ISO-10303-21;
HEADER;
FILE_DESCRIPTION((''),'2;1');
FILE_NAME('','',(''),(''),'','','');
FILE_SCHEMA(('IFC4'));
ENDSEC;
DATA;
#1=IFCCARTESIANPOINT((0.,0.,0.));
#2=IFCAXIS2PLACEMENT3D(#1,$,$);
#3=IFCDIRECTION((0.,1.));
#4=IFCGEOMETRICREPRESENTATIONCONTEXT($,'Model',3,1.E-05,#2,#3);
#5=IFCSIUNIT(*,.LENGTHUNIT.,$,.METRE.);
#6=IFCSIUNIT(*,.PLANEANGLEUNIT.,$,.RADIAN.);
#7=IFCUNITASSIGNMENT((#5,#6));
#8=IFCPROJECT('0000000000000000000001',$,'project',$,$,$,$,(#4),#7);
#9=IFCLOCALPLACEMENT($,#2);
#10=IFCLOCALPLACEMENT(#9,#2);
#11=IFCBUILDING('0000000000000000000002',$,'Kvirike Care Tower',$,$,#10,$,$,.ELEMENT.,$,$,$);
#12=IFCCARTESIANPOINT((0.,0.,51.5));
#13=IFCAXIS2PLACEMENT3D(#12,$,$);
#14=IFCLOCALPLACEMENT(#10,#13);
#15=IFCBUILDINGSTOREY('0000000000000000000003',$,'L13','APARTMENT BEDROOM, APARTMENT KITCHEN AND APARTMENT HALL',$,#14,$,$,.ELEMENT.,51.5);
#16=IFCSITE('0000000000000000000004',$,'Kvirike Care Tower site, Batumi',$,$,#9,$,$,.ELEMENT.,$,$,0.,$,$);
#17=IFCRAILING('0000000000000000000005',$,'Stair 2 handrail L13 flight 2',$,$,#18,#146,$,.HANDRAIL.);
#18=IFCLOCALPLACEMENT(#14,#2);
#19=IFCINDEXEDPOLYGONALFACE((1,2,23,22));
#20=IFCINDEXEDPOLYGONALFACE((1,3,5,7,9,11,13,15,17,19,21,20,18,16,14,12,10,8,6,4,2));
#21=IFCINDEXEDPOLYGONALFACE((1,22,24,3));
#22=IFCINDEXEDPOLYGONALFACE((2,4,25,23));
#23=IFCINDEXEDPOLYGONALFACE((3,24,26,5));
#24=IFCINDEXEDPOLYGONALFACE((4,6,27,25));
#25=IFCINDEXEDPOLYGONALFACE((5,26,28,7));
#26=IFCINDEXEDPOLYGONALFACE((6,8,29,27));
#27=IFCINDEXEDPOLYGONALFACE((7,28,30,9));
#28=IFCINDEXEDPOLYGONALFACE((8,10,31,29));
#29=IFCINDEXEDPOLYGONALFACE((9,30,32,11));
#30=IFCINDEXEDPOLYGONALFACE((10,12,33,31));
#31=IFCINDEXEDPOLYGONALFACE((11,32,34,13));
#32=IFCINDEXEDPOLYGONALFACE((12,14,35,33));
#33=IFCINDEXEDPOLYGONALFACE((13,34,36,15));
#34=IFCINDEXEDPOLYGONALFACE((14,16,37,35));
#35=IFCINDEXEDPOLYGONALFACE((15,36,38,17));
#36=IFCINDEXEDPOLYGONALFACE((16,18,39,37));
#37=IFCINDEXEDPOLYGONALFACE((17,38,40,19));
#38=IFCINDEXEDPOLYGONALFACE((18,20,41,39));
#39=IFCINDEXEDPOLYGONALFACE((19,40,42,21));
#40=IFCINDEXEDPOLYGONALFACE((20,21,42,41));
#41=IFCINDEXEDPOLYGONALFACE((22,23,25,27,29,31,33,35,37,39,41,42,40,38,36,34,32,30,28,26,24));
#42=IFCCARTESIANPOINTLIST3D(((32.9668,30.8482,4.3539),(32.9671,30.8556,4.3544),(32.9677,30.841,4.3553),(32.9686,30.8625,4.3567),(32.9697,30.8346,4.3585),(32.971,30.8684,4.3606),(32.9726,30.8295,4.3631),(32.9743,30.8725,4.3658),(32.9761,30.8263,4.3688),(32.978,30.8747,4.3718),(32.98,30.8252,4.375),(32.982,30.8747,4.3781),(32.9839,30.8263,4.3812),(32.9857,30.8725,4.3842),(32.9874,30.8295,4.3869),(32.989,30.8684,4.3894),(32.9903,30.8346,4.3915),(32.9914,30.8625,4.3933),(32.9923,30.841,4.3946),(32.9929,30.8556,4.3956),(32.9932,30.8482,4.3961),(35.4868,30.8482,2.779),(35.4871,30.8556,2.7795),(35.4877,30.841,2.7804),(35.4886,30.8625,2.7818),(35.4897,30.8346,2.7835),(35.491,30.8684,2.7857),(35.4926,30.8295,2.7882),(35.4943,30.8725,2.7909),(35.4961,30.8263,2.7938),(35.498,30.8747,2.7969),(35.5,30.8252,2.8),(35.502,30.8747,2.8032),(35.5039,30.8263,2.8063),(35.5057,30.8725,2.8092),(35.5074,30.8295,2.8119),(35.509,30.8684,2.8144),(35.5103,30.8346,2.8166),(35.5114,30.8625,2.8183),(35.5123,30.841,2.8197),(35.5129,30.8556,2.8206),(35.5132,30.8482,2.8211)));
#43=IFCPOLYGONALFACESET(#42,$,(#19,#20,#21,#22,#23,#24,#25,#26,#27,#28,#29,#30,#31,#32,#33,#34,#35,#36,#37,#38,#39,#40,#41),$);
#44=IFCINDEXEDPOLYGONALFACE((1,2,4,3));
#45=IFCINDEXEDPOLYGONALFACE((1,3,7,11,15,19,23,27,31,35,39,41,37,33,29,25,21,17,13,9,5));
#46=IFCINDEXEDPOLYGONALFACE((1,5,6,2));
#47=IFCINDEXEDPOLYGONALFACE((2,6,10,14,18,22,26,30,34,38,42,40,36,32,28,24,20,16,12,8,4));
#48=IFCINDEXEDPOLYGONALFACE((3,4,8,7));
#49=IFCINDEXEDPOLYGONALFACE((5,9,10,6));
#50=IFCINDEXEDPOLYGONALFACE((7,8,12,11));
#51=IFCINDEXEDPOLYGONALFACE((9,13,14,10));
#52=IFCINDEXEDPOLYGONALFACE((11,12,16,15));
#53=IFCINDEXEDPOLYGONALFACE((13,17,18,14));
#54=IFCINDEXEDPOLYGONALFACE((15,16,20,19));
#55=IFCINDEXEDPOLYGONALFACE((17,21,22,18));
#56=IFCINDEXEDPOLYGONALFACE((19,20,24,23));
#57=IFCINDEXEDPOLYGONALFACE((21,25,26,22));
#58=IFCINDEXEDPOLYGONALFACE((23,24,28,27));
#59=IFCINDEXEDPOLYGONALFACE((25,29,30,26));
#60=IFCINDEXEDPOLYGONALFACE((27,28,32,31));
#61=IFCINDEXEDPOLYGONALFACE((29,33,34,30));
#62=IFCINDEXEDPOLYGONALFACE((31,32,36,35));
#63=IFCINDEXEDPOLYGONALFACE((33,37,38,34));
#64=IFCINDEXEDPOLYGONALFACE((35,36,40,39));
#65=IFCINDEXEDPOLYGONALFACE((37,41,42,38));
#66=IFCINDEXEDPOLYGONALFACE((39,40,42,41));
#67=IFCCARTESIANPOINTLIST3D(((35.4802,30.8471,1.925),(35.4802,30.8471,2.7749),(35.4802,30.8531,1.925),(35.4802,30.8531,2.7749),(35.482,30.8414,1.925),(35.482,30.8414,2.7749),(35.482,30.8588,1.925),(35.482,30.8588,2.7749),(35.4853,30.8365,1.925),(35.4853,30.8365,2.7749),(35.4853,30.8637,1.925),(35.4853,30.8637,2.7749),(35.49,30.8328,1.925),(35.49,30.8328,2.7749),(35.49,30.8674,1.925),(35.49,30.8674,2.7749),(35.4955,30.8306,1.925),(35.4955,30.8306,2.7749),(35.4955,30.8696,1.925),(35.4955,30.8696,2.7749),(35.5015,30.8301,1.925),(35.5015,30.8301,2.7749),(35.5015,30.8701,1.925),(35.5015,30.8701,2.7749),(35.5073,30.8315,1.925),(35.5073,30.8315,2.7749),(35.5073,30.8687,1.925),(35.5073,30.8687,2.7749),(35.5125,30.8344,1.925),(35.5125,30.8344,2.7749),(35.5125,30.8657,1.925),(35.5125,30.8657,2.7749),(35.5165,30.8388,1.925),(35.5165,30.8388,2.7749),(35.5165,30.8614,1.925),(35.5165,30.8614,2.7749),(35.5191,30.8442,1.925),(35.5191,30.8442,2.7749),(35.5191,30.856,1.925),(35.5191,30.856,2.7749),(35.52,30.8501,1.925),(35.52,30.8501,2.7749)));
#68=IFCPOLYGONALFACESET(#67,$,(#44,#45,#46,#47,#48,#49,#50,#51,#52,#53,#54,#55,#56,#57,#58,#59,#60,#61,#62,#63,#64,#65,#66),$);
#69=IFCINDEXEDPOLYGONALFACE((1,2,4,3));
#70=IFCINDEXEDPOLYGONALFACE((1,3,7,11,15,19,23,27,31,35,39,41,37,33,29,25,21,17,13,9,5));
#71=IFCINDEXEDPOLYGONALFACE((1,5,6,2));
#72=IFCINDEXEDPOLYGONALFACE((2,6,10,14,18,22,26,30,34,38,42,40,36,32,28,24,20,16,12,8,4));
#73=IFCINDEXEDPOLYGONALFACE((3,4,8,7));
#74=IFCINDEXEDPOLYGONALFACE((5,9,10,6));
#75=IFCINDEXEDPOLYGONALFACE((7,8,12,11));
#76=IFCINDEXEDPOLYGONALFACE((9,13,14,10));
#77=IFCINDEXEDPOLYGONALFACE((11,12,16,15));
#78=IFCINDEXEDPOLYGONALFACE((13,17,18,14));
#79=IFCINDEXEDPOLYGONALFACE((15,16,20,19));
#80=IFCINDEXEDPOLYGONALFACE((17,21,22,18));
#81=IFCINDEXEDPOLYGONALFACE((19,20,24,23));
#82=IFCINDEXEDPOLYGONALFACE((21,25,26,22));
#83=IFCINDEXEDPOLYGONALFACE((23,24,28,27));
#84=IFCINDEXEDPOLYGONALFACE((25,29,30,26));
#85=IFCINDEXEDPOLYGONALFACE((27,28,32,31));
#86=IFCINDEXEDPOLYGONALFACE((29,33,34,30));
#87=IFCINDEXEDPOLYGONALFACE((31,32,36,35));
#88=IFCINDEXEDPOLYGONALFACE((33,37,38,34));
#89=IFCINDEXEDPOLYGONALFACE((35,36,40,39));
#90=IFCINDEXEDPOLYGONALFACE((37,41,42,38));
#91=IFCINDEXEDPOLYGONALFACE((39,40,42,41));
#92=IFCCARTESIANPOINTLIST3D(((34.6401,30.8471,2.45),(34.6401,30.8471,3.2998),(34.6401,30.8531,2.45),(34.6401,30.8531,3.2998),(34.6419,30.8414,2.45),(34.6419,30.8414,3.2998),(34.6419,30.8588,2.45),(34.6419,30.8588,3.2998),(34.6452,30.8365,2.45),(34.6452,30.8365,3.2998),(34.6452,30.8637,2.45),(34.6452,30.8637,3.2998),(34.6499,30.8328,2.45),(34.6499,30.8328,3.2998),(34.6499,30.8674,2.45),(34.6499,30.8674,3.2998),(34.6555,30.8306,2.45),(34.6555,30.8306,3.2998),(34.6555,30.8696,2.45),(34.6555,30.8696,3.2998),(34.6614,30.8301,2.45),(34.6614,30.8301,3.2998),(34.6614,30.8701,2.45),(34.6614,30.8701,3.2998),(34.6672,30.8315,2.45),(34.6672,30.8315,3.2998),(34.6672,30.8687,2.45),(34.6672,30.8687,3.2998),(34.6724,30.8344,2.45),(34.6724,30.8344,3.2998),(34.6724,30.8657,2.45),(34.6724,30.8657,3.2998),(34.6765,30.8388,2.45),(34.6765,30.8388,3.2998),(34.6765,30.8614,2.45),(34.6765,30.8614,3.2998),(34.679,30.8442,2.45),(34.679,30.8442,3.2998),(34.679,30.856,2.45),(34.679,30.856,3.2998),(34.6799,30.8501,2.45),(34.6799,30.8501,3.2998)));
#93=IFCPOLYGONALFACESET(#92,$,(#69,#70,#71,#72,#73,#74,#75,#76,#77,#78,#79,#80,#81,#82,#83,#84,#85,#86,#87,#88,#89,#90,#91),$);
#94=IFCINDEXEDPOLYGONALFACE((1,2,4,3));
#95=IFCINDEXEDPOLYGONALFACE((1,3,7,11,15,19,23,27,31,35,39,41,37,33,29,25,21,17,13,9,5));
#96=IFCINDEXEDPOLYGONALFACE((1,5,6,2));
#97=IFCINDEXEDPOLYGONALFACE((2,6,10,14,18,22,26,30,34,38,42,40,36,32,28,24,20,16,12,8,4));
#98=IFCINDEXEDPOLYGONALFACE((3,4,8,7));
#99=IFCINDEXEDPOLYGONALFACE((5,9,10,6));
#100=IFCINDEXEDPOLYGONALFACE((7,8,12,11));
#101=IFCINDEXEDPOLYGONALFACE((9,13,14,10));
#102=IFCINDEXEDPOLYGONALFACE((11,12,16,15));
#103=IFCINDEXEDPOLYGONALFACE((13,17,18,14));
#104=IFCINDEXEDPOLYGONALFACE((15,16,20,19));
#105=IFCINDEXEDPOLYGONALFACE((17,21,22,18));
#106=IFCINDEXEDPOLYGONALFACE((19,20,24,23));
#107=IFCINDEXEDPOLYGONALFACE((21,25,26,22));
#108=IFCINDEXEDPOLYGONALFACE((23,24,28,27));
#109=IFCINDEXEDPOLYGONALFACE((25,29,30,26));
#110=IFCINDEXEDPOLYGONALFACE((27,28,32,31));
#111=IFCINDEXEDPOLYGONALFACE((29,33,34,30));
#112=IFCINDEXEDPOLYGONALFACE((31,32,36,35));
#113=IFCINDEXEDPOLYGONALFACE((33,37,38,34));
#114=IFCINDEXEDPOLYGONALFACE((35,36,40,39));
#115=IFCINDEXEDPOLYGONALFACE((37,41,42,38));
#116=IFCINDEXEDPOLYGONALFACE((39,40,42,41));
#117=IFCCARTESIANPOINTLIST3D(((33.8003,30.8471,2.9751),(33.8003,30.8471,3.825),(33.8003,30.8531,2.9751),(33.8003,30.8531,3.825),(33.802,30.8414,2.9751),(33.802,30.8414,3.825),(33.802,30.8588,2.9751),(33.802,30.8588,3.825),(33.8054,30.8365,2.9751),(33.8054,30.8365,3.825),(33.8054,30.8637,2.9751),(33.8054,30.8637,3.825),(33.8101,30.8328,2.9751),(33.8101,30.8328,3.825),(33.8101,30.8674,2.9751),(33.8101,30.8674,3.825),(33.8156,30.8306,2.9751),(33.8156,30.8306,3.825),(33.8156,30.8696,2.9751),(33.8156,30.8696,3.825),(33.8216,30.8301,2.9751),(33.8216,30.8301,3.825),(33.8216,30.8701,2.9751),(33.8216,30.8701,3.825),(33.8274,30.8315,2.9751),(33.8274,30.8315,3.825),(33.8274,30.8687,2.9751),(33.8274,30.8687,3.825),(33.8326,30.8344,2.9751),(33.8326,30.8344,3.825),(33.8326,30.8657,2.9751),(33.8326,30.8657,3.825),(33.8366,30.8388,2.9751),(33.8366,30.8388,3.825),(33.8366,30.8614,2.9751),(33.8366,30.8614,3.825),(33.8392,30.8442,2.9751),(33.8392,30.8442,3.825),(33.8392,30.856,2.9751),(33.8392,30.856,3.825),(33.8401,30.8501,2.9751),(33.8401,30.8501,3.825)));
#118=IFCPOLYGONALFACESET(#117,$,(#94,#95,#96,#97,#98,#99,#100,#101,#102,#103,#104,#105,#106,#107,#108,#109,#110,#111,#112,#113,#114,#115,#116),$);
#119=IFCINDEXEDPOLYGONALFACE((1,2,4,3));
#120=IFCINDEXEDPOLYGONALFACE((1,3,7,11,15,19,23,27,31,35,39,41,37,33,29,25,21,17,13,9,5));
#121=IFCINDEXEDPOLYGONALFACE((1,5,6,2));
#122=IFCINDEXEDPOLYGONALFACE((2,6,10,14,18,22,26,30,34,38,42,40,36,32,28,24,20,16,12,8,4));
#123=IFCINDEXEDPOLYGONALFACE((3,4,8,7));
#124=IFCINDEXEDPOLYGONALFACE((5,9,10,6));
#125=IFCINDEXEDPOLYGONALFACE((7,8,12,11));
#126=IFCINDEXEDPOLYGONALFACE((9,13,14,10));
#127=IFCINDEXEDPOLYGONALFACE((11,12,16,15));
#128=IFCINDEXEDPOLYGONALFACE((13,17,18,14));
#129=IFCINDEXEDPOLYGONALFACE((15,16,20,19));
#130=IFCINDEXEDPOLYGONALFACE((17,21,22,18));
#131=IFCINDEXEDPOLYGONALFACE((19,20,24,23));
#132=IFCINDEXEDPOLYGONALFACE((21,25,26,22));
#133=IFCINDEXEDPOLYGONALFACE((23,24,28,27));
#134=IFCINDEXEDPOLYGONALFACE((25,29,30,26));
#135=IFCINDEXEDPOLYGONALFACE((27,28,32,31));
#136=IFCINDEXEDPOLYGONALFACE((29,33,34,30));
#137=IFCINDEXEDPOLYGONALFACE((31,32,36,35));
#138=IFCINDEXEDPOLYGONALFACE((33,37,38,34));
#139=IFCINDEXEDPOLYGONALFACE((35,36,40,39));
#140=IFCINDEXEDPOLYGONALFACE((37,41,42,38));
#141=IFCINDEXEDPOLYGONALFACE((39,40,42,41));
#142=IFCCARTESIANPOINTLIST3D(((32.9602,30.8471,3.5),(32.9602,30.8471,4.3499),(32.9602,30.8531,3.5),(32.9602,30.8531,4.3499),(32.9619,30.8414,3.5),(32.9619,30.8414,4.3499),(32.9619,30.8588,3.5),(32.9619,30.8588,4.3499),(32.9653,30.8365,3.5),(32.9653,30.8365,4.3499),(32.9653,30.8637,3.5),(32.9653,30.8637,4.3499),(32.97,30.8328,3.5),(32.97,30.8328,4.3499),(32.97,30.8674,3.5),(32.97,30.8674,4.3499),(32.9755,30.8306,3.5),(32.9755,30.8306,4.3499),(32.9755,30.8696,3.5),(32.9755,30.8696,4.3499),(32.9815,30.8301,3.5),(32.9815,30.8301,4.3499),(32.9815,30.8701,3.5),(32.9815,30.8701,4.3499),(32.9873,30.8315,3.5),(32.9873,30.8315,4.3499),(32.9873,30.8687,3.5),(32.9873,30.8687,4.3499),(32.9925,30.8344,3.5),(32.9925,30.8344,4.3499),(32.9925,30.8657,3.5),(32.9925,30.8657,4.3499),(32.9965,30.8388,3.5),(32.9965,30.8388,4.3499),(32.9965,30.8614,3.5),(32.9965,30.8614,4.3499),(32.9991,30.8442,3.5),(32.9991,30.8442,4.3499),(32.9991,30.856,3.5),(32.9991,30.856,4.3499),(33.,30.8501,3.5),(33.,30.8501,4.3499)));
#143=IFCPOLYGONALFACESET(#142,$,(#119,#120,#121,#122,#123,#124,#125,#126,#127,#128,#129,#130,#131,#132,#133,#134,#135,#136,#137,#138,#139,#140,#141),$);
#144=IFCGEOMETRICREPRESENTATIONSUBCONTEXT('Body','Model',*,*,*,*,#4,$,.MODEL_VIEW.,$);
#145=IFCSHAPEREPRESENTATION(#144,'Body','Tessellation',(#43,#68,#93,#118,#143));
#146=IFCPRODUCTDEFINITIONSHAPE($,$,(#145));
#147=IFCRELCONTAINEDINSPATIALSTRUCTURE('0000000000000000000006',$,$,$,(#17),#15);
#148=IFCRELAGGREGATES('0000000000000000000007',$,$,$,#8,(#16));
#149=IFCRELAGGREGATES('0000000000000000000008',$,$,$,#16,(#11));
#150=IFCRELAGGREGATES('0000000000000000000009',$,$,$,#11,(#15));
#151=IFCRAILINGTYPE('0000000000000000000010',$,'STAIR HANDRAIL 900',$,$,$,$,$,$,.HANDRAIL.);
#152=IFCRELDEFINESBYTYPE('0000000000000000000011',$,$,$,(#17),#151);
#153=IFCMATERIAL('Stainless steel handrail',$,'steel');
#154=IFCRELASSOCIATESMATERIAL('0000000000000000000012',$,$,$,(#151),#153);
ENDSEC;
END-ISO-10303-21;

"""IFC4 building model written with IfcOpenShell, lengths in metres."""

from ifc_helpers import new_model, si_unit, direction, frame, origin, origin_2d, place, context, subcontext, project, spatial, circle, extrude, material, type_object, element, save


model = new_model("IFC4")

# Units and contexts
model_context = context("Model", 3, precision=1e-05, world=origin(), true_north=direction((0.0, 1.0)))
body_context = subcontext(model_context, "Body", "Model", "MODEL_VIEW")
ifc_project = project(units=[si_unit("LENGTHUNIT", "METRE"), si_unit("PLANEANGLEUNIT", "RADIAN")], contexts=[model_context])

# Site, building, storey
site_placement = place(None, origin())
site = spatial("IfcSite", under=ifc_project, at=site_placement, Name="Kvirike Care Tower site, Batumi", CompositionType="ELEMENT", RefElevation=0.0)
building_placement = place(site_placement, origin())
building = spatial("IfcBuilding", under=site, at=building_placement, Name="Kvirike Care Tower", CompositionType="ELEMENT")
storey_placement = place(building_placement, frame((0.0, 0.0, 51.5)))
storey = spatial("IfcBuildingStorey", under=building, at=storey_placement, Name="L13", Description="APARTMENT BEDROOM, APARTMENT KITCHEN AND APARTMENT HALL", CompositionType="ELEMENT", Elevation=51.5)

# Railing
ifc_material_1 = material(Name="Stainless steel handrail", Category="steel")
railing_type = type_object("IfcRailingType", Name="STAIR HANDRAIL 900", PredefinedType="HANDRAIL", material=ifc_material_1)
railing_placement = place(storey_placement, frame((35.5, 30.8501, 1.925)))
element("IfcRailing", 1, at=railing_placement, inside=storey, type_object=railing_type, Name="Stair 2 handrail L13 flight 2", PredefinedType="HANDRAIL", context=body_context, shape_type="SweptSolid", body=[
    extrude(circle(Radius=0.0249, at=origin_2d()), frame((0.0, 0.0, 0.875), z_axis=(-0.848008, 0.0, 0.529984), x_axis=(0.0, -1.0, 0.0)), (0.0, 0.0, 1.0), 2.9717),
    extrude(circle(Radius=0.02, at=origin_2d()), origin(), (0.0, 0.0, 1.0), 0.8499),
    extrude(circle(Radius=0.02, at=origin_2d()), frame((-0.8401, 0.0, 0.5249)), (0.0, 0.0, 1.0), 0.8499),
    extrude(circle(Radius=0.02, at=origin_2d()), frame((-1.6799, 0.0, 1.05)), (0.0, 0.0, 1.0), 0.8499),
    extrude(circle(Radius=0.02, at=origin_2d()), frame((-2.52, 0.0, 1.575)), (0.0, 0.0, 1.0), 0.8499),
])

save(model, "model.ifc")
